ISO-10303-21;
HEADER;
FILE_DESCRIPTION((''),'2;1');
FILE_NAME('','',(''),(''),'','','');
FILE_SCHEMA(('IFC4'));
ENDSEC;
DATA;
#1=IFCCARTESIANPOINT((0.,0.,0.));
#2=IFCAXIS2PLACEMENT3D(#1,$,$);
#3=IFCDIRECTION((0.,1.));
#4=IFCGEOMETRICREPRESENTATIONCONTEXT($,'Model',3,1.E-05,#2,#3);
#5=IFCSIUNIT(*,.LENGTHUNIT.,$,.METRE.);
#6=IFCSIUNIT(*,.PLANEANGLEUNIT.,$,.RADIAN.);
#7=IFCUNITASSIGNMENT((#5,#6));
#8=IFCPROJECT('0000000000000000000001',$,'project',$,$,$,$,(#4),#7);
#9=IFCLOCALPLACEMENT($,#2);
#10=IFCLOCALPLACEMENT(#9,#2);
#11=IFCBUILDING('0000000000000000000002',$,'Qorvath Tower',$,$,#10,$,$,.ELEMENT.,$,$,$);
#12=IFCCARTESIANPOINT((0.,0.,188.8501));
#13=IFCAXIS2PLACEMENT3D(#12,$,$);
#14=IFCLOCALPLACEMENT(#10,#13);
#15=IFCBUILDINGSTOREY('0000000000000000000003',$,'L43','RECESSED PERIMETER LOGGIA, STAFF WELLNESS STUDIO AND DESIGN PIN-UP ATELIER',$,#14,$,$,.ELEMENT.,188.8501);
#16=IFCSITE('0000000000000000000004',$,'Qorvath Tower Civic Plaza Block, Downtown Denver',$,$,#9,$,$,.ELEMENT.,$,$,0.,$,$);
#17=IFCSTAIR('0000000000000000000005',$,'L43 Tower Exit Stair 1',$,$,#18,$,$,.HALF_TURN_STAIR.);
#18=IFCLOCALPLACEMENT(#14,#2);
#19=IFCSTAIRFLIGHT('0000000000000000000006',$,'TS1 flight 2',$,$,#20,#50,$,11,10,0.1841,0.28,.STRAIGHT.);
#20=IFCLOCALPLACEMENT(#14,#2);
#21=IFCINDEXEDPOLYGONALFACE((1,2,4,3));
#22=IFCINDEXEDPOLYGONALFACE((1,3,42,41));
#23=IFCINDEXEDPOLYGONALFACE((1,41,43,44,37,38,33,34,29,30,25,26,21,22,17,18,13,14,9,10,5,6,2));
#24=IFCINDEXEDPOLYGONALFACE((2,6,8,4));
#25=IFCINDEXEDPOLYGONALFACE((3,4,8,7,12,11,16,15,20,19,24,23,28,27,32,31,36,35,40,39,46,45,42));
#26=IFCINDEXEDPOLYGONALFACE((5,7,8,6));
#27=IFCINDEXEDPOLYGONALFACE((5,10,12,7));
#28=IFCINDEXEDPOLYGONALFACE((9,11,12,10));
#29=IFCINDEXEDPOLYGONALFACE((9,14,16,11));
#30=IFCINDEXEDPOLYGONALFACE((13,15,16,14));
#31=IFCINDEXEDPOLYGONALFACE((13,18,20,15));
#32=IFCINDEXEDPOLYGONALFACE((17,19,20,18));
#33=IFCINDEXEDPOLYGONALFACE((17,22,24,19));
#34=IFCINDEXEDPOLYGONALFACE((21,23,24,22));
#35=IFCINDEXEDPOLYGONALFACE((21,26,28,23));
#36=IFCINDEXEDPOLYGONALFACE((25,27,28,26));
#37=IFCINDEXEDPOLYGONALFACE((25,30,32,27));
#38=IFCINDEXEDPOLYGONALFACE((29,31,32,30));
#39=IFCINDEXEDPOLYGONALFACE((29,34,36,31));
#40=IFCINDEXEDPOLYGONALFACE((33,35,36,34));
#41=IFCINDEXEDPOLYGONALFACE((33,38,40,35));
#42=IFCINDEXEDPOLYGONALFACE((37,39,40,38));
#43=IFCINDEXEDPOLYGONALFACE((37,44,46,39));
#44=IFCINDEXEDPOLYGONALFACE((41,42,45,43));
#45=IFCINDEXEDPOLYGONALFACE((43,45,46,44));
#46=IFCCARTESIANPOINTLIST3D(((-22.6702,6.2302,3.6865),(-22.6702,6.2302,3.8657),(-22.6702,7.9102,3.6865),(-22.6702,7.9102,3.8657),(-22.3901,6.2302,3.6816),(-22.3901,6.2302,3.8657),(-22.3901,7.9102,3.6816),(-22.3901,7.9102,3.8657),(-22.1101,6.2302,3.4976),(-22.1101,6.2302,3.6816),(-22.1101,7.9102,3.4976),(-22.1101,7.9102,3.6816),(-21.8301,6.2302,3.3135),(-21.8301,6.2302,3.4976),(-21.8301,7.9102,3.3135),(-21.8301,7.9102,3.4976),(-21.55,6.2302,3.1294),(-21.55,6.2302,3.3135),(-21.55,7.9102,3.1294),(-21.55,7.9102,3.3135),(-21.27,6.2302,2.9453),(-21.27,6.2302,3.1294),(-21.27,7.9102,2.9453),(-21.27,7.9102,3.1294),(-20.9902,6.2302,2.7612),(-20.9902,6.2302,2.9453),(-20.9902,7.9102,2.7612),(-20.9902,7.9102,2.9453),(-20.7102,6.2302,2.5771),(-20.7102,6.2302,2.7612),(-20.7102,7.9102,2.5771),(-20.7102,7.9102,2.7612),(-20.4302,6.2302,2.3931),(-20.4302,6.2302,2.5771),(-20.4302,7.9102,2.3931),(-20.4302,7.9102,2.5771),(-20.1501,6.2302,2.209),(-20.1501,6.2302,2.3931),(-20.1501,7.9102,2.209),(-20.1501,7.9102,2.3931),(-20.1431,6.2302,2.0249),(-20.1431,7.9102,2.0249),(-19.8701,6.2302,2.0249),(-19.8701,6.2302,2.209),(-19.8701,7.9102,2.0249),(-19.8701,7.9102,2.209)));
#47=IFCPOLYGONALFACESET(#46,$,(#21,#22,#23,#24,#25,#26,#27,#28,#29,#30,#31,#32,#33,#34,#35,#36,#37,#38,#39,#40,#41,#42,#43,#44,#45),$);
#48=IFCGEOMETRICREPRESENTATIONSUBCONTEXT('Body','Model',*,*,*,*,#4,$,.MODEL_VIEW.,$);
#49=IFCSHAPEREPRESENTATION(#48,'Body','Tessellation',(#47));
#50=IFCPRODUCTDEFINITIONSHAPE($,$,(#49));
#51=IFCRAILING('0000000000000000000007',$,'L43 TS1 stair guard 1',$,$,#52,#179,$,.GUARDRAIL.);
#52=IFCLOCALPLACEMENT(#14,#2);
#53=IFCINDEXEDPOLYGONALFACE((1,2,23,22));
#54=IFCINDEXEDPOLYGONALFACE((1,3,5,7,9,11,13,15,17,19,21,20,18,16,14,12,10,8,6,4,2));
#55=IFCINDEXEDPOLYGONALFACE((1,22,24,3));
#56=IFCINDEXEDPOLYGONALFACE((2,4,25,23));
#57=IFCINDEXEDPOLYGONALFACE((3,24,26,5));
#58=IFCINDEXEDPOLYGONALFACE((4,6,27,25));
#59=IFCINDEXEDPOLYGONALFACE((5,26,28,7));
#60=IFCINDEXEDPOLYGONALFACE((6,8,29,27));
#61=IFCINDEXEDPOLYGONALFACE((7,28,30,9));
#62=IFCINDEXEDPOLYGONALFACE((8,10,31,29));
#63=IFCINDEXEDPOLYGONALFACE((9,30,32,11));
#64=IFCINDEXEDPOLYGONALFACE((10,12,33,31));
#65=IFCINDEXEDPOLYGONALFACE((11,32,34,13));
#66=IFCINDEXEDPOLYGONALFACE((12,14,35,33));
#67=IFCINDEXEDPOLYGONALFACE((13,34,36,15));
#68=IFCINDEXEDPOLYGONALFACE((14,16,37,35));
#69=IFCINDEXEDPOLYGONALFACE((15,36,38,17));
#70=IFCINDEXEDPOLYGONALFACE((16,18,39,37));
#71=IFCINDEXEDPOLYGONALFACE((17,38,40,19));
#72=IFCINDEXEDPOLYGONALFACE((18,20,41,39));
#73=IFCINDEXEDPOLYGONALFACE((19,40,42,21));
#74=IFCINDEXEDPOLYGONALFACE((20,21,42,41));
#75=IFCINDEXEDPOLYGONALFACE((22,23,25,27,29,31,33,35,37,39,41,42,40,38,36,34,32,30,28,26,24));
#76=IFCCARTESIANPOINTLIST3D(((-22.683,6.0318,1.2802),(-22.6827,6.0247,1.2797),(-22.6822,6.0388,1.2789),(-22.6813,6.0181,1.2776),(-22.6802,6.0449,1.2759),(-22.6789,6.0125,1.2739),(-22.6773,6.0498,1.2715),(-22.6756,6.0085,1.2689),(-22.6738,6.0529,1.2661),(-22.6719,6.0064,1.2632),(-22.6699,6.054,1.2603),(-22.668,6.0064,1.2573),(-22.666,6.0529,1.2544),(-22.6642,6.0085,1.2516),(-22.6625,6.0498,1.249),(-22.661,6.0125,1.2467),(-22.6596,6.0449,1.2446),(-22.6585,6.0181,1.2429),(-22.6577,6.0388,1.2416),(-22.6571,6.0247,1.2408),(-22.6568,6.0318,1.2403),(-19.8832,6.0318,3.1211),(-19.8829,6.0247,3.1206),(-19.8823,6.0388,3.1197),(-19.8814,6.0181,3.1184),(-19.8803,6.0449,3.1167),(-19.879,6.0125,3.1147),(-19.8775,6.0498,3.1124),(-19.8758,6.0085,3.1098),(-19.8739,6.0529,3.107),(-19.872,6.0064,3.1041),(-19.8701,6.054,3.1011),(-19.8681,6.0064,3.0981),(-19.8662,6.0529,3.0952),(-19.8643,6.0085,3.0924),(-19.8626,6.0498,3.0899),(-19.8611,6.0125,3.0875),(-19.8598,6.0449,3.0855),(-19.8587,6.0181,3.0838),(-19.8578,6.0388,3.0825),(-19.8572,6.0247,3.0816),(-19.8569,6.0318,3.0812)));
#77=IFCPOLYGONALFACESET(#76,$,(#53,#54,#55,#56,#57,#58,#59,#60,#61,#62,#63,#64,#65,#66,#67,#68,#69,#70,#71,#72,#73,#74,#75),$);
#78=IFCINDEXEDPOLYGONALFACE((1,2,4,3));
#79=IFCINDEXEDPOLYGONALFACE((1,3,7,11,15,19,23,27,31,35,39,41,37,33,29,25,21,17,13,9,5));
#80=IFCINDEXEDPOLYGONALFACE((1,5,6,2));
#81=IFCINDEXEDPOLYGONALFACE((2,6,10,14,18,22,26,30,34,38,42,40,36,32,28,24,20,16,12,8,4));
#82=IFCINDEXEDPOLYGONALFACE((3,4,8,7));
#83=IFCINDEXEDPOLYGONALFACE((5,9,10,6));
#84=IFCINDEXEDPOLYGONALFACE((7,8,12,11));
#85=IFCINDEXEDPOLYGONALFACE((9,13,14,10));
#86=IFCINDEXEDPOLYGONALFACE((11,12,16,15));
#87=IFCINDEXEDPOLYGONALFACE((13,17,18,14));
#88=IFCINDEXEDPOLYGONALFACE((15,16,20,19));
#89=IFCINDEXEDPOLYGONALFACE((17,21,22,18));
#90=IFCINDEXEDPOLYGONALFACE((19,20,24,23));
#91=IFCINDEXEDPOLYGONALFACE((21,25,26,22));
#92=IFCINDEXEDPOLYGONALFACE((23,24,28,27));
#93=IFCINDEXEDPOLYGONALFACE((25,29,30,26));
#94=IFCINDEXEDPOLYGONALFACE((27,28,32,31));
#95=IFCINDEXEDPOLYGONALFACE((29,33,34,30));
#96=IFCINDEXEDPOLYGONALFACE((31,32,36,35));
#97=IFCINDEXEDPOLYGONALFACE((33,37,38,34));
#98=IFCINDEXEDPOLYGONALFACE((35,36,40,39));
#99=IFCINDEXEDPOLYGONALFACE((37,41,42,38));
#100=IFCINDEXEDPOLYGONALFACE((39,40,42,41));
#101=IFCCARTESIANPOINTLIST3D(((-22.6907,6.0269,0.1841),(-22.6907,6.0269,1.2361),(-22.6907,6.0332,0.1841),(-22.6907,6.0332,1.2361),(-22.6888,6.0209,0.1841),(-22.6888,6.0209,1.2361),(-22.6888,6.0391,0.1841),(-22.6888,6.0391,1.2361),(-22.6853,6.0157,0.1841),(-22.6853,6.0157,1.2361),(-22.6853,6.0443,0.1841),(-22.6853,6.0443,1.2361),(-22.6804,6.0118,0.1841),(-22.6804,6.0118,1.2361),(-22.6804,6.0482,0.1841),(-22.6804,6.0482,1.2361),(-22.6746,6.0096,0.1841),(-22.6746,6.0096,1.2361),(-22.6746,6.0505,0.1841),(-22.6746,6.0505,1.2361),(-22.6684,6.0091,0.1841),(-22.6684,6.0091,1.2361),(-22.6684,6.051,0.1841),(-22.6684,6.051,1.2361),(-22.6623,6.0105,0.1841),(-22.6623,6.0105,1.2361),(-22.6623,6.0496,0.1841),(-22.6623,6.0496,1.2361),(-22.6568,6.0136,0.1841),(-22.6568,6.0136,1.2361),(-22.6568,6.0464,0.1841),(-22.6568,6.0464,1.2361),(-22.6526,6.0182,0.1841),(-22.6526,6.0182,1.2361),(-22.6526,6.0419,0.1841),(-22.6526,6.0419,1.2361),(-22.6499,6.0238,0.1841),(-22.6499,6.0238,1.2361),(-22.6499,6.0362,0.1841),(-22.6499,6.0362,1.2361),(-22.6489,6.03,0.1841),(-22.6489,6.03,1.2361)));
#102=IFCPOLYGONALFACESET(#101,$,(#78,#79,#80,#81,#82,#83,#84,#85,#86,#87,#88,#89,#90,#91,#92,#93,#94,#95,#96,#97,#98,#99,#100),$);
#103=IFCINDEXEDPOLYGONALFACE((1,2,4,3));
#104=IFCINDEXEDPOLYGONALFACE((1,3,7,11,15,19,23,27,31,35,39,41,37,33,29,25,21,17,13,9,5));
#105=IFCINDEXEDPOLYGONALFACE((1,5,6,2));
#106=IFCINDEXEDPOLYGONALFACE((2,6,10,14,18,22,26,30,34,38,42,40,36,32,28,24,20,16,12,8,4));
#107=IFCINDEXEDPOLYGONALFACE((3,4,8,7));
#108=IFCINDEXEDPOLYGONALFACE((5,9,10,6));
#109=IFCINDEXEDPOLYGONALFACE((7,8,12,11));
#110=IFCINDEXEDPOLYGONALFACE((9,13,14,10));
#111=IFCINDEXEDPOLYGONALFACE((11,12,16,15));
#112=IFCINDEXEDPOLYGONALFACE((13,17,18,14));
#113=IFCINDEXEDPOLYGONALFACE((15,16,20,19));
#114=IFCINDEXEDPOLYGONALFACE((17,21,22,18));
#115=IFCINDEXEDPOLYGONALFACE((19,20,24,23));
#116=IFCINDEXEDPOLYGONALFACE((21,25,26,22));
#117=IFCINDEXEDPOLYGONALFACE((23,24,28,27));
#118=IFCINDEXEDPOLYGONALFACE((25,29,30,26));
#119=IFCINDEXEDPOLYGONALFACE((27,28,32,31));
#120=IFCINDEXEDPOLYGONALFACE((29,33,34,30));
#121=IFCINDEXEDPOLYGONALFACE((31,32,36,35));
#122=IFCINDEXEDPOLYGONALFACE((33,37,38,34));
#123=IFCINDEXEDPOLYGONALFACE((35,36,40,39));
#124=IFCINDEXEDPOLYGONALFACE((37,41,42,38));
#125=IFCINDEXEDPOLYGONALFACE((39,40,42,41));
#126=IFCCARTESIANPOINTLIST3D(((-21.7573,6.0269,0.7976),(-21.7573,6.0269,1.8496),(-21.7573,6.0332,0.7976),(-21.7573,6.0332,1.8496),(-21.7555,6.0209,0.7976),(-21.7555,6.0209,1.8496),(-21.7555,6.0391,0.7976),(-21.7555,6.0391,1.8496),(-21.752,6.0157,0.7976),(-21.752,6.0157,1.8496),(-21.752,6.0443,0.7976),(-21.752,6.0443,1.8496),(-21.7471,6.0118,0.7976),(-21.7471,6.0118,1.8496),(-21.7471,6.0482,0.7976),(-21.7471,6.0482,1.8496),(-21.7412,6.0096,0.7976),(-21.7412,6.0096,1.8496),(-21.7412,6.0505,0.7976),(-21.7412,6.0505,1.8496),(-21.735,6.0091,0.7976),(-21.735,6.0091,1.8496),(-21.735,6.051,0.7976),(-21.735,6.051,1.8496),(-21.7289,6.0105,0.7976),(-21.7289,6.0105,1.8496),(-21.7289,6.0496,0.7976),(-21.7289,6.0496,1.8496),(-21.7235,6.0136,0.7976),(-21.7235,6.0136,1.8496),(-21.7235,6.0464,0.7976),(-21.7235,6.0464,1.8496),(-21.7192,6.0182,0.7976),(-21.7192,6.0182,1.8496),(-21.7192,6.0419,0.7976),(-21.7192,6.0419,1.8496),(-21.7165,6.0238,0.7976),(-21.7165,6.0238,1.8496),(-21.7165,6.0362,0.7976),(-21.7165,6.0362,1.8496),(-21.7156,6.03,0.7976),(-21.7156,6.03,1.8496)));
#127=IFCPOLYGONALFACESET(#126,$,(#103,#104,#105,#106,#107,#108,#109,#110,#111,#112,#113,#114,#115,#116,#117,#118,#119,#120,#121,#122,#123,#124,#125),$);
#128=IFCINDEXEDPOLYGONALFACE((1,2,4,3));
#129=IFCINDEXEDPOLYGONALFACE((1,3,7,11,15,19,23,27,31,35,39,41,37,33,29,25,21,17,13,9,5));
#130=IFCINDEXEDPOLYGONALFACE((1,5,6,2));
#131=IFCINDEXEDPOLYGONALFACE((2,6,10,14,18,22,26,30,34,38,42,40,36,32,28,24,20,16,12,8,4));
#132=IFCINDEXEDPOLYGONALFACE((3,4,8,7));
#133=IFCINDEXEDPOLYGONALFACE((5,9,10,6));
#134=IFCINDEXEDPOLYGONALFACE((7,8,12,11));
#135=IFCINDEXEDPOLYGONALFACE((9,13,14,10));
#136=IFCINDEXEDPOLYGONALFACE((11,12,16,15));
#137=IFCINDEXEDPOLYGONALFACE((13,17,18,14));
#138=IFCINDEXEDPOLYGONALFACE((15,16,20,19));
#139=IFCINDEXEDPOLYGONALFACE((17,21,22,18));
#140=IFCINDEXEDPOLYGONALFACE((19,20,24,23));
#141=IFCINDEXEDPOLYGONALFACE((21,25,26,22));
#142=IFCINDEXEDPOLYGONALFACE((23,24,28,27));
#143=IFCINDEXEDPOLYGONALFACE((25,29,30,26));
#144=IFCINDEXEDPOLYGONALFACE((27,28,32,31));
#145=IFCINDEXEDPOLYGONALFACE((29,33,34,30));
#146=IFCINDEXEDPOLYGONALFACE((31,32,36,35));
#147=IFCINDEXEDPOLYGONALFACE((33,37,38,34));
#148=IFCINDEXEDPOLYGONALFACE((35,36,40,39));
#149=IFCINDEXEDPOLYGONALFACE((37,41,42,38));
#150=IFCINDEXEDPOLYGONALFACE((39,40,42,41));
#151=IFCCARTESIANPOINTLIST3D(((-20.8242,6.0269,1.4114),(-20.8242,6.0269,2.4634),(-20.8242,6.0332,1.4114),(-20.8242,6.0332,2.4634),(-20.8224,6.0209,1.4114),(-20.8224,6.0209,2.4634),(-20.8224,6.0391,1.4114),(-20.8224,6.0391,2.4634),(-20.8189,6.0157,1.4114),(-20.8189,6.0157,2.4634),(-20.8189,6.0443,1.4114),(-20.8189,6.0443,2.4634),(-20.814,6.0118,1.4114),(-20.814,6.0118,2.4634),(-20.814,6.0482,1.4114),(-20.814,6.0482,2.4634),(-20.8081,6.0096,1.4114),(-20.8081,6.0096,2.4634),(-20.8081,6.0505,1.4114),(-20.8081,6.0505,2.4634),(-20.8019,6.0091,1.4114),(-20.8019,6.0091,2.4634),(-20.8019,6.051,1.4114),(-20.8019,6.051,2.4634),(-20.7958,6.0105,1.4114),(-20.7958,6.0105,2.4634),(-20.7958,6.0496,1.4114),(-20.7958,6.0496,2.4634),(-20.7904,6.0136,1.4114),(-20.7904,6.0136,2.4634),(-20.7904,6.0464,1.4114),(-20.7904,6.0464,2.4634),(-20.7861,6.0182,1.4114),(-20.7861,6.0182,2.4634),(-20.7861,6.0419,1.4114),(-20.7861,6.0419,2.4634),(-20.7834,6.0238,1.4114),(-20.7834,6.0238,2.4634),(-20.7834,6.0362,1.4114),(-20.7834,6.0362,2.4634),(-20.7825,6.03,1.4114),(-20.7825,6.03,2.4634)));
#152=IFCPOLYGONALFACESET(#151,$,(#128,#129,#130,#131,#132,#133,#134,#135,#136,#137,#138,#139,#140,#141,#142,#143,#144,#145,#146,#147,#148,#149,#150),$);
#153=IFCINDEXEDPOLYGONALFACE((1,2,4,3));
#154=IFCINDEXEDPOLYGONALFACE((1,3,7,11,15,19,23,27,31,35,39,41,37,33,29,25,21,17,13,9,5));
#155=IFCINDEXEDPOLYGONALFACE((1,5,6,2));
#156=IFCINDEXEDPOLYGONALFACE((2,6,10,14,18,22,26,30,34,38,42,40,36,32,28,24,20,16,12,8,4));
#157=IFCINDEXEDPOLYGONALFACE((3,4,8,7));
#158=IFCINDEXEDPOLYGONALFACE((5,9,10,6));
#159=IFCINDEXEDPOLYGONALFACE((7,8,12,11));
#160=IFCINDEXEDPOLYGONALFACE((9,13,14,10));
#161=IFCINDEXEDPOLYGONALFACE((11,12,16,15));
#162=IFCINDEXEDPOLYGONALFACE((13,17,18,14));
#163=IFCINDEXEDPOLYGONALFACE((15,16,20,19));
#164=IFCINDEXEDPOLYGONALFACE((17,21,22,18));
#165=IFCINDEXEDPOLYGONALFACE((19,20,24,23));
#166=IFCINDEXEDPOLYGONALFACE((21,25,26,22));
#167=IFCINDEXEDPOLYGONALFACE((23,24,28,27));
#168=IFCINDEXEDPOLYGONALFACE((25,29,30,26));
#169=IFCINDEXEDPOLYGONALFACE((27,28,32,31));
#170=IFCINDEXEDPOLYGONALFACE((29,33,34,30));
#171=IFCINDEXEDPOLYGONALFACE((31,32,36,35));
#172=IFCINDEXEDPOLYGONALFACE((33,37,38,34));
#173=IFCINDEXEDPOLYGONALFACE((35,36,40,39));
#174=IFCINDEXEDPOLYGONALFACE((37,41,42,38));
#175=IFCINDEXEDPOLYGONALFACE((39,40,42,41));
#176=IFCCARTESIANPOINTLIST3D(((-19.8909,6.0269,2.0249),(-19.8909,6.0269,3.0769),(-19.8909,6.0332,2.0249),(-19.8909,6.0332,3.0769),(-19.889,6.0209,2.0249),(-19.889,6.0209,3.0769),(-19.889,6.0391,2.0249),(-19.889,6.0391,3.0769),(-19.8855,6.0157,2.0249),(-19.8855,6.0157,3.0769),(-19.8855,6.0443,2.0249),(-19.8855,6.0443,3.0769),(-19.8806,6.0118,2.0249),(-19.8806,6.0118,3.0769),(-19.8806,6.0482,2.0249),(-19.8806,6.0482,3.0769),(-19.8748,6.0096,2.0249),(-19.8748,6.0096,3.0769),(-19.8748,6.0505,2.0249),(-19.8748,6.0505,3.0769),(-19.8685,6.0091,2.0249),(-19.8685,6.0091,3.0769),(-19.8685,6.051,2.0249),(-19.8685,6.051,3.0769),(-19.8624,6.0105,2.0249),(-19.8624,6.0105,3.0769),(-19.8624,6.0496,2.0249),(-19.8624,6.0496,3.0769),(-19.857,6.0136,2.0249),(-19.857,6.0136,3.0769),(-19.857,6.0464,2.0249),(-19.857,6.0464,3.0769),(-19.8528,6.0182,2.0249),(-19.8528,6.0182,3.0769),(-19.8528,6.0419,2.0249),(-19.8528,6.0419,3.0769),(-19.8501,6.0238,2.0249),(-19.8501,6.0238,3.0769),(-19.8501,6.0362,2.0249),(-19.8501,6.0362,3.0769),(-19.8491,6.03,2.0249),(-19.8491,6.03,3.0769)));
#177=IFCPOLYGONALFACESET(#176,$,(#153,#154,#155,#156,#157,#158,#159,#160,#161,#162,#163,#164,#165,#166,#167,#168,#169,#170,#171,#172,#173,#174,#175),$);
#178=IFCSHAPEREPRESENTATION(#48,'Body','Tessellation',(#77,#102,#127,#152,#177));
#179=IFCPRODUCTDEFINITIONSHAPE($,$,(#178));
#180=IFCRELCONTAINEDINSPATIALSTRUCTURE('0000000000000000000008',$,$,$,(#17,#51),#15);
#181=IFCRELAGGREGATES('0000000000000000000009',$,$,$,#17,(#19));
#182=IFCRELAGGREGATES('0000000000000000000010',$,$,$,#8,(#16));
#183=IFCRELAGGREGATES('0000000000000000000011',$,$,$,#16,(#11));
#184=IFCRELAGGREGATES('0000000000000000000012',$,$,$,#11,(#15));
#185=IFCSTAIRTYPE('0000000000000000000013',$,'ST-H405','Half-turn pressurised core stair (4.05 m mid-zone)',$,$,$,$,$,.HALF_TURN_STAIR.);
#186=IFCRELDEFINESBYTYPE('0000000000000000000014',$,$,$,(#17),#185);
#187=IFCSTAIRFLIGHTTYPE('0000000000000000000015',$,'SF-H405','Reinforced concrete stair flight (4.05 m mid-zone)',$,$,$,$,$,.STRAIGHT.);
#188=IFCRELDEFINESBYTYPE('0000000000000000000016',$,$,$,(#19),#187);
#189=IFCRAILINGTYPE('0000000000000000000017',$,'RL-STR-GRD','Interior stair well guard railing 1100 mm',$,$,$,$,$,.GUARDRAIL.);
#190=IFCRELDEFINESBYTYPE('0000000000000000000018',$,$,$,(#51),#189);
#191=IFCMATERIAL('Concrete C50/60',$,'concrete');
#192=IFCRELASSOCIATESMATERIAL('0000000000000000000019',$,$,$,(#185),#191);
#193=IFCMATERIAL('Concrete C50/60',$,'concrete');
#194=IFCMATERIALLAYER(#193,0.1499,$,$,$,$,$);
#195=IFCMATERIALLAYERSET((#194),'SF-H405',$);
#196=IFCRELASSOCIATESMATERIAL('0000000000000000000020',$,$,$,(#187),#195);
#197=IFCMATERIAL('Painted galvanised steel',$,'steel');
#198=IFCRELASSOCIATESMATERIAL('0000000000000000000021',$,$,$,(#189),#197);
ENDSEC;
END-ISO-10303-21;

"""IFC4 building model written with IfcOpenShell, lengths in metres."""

from ifc_helpers import new_model, si_unit, direction, frame, origin, origin_2d, place, context, subcontext, project, spatial, polyline, circle, outline, extrude, material, layer, layer_set, type_object, element, aggregate, save


model = new_model("IFC4")

# Units and contexts
model_context = context("Model", 3, precision=1e-05, world=origin(), true_north=direction((0.0, 1.0)))
body_context = subcontext(model_context, "Body", "Model", "MODEL_VIEW")
ifc_project = project(units=[si_unit("LENGTHUNIT", "METRE"), si_unit("PLANEANGLEUNIT", "RADIAN")], contexts=[model_context])

# Site, building, storey
site_placement = place(None, origin())
site = spatial("IfcSite", under=ifc_project, at=site_placement, Name="Qorvath Tower Civic Plaza Block, Downtown Denver", CompositionType="ELEMENT", RefElevation=0.0)
building_placement = place(site_placement, origin())
building = spatial("IfcBuilding", under=site, at=building_placement, Name="Qorvath Tower", CompositionType="ELEMENT")
storey_placement = place(building_placement, frame((0.0, 0.0, 188.8501)))
storey = spatial("IfcBuildingStorey", under=building, at=storey_placement, Name="L43", Description="RECESSED PERIMETER LOGGIA, STAFF WELLNESS STUDIO AND DESIGN PIN-UP ATELIER", CompositionType="ELEMENT", Elevation=188.8501)

# Stair, stair flight
ifc_material_1 = material(Name="Concrete C50/60", Category="concrete")
stair_type = type_object("IfcStairType", Name="ST-H405", Description="Half-turn pressurised core stair (4.05 m mid-zone)", PredefinedType="HALF_TURN_STAIR", material=ifc_material_1)
stair_placement = place(storey_placement, origin())
stair = element("IfcStair", 1, at=stair_placement, inside=storey, type_object=stair_type, Name="L43 Tower Exit Stair 1", PredefinedType="HALF_TURN_STAIR")
ifc_material_2 = material(Name="Concrete C50/60", Category="concrete")
ifc_layer_1 = layer(ifc_material_2, 0.1499)
ifc_layer_set_1 = layer_set([ifc_layer_1], Name="SF-H405")
stair_flight_type = type_object("IfcStairFlightType", Name="SF-H405", Description="Reinforced concrete stair flight (4.05 m mid-zone)", PredefinedType="STRAIGHT", material=ifc_layer_set_1)
stair_flight_1_placement = place(storey_placement, frame((-19.8701, 7.0701, 2.0249), z_axis=(0.0, 0.0, 1.0), x_axis=(-1.0, 0.0, 0.0)))
stair_flight_1 = element("IfcStairFlight", 2, at=stair_flight_1_placement, type_object=stair_flight_type, Name="TS1 flight 2", NumberOfRisers=11, NumberOfTreads=10, PredefinedType="STRAIGHT", RiserHeight=0.1841, TreadLength=0.28, context=body_context, shape_type="SweptSolid", body=[
    extrude(outline(polyline([(0.0, 0.0), (0.0, 0.1841), (0.28, 0.1841), (0.28, 0.3682), (0.5601, 0.3682), (0.5601, 0.5522), (0.8401, 0.5522), (0.8401, 0.7363), (1.1201, 0.7363), (1.1201, 0.9204), (1.3999, 0.9204), (1.3999, 1.1045), (1.6799, 1.1045), (1.6799, 1.2886), (1.96, 1.2886), (1.96, 1.4727), (2.24, 1.4727), (2.24, 1.6567), (2.52, 1.6567), (2.52, 1.8408), (2.8, 1.8408), (2.8, 2.0249), (2.8, 1.6616), (0.2729, 0.0), (0.0, 0.0)])), frame((0.0, 0.8398, 0.0), z_axis=(0.0, -1.0, 0.0), x_axis=(1.0, 0.0, 0.0)), (0.0, 0.0, 1.0), 1.6799),
])
aggregate(stair, [stair_flight_1])

# Railing
ifc_material_3 = material(Name="Painted galvanised steel", Category="steel")
railing_type_1 = type_object("IfcRailingType", Name="RL-STR-GRD", Description="Interior stair well guard railing 1100 mm", PredefinedType="GUARDRAIL", material=ifc_material_3)
railing_1_placement = place(storey_placement, frame((-22.6699, 6.03, 0.1841)))
element("IfcRailing", 3, at=railing_1_placement, inside=storey, type_object=railing_type_1, Name="L43 TS1 stair guard 1", PredefinedType="GUARDRAIL", context=body_context, shape_type="SweptSolid", body=[
    extrude(circle(Radius=0.0239, at=origin_2d()), frame((0.0, 0.0, 1.0762), z_axis=(0.835576, 0.0, 0.549376), x_axis=(0.0, 1.0, 0.0)), (0.0, 0.0, 1.0), 3.3508),
    extrude(circle(Radius=0.021, at=origin_2d()), origin(), (0.0, 0.0, 1.0), 1.052),
    extrude(circle(Radius=0.021, at=origin_2d()), frame((0.9333, 0.0, 0.6135)), (0.0, 0.0, 1.0), 1.052),
    extrude(circle(Radius=0.021, at=origin_2d()), frame((1.8665, 0.0, 1.2273)), (0.0, 0.0, 1.0), 1.052),
    extrude(circle(Radius=0.021, at=origin_2d()), frame((2.7998, 0.0, 1.8408)), (0.0, 0.0, 1.0), 1.052),
])

save(model, "model.ifc")
